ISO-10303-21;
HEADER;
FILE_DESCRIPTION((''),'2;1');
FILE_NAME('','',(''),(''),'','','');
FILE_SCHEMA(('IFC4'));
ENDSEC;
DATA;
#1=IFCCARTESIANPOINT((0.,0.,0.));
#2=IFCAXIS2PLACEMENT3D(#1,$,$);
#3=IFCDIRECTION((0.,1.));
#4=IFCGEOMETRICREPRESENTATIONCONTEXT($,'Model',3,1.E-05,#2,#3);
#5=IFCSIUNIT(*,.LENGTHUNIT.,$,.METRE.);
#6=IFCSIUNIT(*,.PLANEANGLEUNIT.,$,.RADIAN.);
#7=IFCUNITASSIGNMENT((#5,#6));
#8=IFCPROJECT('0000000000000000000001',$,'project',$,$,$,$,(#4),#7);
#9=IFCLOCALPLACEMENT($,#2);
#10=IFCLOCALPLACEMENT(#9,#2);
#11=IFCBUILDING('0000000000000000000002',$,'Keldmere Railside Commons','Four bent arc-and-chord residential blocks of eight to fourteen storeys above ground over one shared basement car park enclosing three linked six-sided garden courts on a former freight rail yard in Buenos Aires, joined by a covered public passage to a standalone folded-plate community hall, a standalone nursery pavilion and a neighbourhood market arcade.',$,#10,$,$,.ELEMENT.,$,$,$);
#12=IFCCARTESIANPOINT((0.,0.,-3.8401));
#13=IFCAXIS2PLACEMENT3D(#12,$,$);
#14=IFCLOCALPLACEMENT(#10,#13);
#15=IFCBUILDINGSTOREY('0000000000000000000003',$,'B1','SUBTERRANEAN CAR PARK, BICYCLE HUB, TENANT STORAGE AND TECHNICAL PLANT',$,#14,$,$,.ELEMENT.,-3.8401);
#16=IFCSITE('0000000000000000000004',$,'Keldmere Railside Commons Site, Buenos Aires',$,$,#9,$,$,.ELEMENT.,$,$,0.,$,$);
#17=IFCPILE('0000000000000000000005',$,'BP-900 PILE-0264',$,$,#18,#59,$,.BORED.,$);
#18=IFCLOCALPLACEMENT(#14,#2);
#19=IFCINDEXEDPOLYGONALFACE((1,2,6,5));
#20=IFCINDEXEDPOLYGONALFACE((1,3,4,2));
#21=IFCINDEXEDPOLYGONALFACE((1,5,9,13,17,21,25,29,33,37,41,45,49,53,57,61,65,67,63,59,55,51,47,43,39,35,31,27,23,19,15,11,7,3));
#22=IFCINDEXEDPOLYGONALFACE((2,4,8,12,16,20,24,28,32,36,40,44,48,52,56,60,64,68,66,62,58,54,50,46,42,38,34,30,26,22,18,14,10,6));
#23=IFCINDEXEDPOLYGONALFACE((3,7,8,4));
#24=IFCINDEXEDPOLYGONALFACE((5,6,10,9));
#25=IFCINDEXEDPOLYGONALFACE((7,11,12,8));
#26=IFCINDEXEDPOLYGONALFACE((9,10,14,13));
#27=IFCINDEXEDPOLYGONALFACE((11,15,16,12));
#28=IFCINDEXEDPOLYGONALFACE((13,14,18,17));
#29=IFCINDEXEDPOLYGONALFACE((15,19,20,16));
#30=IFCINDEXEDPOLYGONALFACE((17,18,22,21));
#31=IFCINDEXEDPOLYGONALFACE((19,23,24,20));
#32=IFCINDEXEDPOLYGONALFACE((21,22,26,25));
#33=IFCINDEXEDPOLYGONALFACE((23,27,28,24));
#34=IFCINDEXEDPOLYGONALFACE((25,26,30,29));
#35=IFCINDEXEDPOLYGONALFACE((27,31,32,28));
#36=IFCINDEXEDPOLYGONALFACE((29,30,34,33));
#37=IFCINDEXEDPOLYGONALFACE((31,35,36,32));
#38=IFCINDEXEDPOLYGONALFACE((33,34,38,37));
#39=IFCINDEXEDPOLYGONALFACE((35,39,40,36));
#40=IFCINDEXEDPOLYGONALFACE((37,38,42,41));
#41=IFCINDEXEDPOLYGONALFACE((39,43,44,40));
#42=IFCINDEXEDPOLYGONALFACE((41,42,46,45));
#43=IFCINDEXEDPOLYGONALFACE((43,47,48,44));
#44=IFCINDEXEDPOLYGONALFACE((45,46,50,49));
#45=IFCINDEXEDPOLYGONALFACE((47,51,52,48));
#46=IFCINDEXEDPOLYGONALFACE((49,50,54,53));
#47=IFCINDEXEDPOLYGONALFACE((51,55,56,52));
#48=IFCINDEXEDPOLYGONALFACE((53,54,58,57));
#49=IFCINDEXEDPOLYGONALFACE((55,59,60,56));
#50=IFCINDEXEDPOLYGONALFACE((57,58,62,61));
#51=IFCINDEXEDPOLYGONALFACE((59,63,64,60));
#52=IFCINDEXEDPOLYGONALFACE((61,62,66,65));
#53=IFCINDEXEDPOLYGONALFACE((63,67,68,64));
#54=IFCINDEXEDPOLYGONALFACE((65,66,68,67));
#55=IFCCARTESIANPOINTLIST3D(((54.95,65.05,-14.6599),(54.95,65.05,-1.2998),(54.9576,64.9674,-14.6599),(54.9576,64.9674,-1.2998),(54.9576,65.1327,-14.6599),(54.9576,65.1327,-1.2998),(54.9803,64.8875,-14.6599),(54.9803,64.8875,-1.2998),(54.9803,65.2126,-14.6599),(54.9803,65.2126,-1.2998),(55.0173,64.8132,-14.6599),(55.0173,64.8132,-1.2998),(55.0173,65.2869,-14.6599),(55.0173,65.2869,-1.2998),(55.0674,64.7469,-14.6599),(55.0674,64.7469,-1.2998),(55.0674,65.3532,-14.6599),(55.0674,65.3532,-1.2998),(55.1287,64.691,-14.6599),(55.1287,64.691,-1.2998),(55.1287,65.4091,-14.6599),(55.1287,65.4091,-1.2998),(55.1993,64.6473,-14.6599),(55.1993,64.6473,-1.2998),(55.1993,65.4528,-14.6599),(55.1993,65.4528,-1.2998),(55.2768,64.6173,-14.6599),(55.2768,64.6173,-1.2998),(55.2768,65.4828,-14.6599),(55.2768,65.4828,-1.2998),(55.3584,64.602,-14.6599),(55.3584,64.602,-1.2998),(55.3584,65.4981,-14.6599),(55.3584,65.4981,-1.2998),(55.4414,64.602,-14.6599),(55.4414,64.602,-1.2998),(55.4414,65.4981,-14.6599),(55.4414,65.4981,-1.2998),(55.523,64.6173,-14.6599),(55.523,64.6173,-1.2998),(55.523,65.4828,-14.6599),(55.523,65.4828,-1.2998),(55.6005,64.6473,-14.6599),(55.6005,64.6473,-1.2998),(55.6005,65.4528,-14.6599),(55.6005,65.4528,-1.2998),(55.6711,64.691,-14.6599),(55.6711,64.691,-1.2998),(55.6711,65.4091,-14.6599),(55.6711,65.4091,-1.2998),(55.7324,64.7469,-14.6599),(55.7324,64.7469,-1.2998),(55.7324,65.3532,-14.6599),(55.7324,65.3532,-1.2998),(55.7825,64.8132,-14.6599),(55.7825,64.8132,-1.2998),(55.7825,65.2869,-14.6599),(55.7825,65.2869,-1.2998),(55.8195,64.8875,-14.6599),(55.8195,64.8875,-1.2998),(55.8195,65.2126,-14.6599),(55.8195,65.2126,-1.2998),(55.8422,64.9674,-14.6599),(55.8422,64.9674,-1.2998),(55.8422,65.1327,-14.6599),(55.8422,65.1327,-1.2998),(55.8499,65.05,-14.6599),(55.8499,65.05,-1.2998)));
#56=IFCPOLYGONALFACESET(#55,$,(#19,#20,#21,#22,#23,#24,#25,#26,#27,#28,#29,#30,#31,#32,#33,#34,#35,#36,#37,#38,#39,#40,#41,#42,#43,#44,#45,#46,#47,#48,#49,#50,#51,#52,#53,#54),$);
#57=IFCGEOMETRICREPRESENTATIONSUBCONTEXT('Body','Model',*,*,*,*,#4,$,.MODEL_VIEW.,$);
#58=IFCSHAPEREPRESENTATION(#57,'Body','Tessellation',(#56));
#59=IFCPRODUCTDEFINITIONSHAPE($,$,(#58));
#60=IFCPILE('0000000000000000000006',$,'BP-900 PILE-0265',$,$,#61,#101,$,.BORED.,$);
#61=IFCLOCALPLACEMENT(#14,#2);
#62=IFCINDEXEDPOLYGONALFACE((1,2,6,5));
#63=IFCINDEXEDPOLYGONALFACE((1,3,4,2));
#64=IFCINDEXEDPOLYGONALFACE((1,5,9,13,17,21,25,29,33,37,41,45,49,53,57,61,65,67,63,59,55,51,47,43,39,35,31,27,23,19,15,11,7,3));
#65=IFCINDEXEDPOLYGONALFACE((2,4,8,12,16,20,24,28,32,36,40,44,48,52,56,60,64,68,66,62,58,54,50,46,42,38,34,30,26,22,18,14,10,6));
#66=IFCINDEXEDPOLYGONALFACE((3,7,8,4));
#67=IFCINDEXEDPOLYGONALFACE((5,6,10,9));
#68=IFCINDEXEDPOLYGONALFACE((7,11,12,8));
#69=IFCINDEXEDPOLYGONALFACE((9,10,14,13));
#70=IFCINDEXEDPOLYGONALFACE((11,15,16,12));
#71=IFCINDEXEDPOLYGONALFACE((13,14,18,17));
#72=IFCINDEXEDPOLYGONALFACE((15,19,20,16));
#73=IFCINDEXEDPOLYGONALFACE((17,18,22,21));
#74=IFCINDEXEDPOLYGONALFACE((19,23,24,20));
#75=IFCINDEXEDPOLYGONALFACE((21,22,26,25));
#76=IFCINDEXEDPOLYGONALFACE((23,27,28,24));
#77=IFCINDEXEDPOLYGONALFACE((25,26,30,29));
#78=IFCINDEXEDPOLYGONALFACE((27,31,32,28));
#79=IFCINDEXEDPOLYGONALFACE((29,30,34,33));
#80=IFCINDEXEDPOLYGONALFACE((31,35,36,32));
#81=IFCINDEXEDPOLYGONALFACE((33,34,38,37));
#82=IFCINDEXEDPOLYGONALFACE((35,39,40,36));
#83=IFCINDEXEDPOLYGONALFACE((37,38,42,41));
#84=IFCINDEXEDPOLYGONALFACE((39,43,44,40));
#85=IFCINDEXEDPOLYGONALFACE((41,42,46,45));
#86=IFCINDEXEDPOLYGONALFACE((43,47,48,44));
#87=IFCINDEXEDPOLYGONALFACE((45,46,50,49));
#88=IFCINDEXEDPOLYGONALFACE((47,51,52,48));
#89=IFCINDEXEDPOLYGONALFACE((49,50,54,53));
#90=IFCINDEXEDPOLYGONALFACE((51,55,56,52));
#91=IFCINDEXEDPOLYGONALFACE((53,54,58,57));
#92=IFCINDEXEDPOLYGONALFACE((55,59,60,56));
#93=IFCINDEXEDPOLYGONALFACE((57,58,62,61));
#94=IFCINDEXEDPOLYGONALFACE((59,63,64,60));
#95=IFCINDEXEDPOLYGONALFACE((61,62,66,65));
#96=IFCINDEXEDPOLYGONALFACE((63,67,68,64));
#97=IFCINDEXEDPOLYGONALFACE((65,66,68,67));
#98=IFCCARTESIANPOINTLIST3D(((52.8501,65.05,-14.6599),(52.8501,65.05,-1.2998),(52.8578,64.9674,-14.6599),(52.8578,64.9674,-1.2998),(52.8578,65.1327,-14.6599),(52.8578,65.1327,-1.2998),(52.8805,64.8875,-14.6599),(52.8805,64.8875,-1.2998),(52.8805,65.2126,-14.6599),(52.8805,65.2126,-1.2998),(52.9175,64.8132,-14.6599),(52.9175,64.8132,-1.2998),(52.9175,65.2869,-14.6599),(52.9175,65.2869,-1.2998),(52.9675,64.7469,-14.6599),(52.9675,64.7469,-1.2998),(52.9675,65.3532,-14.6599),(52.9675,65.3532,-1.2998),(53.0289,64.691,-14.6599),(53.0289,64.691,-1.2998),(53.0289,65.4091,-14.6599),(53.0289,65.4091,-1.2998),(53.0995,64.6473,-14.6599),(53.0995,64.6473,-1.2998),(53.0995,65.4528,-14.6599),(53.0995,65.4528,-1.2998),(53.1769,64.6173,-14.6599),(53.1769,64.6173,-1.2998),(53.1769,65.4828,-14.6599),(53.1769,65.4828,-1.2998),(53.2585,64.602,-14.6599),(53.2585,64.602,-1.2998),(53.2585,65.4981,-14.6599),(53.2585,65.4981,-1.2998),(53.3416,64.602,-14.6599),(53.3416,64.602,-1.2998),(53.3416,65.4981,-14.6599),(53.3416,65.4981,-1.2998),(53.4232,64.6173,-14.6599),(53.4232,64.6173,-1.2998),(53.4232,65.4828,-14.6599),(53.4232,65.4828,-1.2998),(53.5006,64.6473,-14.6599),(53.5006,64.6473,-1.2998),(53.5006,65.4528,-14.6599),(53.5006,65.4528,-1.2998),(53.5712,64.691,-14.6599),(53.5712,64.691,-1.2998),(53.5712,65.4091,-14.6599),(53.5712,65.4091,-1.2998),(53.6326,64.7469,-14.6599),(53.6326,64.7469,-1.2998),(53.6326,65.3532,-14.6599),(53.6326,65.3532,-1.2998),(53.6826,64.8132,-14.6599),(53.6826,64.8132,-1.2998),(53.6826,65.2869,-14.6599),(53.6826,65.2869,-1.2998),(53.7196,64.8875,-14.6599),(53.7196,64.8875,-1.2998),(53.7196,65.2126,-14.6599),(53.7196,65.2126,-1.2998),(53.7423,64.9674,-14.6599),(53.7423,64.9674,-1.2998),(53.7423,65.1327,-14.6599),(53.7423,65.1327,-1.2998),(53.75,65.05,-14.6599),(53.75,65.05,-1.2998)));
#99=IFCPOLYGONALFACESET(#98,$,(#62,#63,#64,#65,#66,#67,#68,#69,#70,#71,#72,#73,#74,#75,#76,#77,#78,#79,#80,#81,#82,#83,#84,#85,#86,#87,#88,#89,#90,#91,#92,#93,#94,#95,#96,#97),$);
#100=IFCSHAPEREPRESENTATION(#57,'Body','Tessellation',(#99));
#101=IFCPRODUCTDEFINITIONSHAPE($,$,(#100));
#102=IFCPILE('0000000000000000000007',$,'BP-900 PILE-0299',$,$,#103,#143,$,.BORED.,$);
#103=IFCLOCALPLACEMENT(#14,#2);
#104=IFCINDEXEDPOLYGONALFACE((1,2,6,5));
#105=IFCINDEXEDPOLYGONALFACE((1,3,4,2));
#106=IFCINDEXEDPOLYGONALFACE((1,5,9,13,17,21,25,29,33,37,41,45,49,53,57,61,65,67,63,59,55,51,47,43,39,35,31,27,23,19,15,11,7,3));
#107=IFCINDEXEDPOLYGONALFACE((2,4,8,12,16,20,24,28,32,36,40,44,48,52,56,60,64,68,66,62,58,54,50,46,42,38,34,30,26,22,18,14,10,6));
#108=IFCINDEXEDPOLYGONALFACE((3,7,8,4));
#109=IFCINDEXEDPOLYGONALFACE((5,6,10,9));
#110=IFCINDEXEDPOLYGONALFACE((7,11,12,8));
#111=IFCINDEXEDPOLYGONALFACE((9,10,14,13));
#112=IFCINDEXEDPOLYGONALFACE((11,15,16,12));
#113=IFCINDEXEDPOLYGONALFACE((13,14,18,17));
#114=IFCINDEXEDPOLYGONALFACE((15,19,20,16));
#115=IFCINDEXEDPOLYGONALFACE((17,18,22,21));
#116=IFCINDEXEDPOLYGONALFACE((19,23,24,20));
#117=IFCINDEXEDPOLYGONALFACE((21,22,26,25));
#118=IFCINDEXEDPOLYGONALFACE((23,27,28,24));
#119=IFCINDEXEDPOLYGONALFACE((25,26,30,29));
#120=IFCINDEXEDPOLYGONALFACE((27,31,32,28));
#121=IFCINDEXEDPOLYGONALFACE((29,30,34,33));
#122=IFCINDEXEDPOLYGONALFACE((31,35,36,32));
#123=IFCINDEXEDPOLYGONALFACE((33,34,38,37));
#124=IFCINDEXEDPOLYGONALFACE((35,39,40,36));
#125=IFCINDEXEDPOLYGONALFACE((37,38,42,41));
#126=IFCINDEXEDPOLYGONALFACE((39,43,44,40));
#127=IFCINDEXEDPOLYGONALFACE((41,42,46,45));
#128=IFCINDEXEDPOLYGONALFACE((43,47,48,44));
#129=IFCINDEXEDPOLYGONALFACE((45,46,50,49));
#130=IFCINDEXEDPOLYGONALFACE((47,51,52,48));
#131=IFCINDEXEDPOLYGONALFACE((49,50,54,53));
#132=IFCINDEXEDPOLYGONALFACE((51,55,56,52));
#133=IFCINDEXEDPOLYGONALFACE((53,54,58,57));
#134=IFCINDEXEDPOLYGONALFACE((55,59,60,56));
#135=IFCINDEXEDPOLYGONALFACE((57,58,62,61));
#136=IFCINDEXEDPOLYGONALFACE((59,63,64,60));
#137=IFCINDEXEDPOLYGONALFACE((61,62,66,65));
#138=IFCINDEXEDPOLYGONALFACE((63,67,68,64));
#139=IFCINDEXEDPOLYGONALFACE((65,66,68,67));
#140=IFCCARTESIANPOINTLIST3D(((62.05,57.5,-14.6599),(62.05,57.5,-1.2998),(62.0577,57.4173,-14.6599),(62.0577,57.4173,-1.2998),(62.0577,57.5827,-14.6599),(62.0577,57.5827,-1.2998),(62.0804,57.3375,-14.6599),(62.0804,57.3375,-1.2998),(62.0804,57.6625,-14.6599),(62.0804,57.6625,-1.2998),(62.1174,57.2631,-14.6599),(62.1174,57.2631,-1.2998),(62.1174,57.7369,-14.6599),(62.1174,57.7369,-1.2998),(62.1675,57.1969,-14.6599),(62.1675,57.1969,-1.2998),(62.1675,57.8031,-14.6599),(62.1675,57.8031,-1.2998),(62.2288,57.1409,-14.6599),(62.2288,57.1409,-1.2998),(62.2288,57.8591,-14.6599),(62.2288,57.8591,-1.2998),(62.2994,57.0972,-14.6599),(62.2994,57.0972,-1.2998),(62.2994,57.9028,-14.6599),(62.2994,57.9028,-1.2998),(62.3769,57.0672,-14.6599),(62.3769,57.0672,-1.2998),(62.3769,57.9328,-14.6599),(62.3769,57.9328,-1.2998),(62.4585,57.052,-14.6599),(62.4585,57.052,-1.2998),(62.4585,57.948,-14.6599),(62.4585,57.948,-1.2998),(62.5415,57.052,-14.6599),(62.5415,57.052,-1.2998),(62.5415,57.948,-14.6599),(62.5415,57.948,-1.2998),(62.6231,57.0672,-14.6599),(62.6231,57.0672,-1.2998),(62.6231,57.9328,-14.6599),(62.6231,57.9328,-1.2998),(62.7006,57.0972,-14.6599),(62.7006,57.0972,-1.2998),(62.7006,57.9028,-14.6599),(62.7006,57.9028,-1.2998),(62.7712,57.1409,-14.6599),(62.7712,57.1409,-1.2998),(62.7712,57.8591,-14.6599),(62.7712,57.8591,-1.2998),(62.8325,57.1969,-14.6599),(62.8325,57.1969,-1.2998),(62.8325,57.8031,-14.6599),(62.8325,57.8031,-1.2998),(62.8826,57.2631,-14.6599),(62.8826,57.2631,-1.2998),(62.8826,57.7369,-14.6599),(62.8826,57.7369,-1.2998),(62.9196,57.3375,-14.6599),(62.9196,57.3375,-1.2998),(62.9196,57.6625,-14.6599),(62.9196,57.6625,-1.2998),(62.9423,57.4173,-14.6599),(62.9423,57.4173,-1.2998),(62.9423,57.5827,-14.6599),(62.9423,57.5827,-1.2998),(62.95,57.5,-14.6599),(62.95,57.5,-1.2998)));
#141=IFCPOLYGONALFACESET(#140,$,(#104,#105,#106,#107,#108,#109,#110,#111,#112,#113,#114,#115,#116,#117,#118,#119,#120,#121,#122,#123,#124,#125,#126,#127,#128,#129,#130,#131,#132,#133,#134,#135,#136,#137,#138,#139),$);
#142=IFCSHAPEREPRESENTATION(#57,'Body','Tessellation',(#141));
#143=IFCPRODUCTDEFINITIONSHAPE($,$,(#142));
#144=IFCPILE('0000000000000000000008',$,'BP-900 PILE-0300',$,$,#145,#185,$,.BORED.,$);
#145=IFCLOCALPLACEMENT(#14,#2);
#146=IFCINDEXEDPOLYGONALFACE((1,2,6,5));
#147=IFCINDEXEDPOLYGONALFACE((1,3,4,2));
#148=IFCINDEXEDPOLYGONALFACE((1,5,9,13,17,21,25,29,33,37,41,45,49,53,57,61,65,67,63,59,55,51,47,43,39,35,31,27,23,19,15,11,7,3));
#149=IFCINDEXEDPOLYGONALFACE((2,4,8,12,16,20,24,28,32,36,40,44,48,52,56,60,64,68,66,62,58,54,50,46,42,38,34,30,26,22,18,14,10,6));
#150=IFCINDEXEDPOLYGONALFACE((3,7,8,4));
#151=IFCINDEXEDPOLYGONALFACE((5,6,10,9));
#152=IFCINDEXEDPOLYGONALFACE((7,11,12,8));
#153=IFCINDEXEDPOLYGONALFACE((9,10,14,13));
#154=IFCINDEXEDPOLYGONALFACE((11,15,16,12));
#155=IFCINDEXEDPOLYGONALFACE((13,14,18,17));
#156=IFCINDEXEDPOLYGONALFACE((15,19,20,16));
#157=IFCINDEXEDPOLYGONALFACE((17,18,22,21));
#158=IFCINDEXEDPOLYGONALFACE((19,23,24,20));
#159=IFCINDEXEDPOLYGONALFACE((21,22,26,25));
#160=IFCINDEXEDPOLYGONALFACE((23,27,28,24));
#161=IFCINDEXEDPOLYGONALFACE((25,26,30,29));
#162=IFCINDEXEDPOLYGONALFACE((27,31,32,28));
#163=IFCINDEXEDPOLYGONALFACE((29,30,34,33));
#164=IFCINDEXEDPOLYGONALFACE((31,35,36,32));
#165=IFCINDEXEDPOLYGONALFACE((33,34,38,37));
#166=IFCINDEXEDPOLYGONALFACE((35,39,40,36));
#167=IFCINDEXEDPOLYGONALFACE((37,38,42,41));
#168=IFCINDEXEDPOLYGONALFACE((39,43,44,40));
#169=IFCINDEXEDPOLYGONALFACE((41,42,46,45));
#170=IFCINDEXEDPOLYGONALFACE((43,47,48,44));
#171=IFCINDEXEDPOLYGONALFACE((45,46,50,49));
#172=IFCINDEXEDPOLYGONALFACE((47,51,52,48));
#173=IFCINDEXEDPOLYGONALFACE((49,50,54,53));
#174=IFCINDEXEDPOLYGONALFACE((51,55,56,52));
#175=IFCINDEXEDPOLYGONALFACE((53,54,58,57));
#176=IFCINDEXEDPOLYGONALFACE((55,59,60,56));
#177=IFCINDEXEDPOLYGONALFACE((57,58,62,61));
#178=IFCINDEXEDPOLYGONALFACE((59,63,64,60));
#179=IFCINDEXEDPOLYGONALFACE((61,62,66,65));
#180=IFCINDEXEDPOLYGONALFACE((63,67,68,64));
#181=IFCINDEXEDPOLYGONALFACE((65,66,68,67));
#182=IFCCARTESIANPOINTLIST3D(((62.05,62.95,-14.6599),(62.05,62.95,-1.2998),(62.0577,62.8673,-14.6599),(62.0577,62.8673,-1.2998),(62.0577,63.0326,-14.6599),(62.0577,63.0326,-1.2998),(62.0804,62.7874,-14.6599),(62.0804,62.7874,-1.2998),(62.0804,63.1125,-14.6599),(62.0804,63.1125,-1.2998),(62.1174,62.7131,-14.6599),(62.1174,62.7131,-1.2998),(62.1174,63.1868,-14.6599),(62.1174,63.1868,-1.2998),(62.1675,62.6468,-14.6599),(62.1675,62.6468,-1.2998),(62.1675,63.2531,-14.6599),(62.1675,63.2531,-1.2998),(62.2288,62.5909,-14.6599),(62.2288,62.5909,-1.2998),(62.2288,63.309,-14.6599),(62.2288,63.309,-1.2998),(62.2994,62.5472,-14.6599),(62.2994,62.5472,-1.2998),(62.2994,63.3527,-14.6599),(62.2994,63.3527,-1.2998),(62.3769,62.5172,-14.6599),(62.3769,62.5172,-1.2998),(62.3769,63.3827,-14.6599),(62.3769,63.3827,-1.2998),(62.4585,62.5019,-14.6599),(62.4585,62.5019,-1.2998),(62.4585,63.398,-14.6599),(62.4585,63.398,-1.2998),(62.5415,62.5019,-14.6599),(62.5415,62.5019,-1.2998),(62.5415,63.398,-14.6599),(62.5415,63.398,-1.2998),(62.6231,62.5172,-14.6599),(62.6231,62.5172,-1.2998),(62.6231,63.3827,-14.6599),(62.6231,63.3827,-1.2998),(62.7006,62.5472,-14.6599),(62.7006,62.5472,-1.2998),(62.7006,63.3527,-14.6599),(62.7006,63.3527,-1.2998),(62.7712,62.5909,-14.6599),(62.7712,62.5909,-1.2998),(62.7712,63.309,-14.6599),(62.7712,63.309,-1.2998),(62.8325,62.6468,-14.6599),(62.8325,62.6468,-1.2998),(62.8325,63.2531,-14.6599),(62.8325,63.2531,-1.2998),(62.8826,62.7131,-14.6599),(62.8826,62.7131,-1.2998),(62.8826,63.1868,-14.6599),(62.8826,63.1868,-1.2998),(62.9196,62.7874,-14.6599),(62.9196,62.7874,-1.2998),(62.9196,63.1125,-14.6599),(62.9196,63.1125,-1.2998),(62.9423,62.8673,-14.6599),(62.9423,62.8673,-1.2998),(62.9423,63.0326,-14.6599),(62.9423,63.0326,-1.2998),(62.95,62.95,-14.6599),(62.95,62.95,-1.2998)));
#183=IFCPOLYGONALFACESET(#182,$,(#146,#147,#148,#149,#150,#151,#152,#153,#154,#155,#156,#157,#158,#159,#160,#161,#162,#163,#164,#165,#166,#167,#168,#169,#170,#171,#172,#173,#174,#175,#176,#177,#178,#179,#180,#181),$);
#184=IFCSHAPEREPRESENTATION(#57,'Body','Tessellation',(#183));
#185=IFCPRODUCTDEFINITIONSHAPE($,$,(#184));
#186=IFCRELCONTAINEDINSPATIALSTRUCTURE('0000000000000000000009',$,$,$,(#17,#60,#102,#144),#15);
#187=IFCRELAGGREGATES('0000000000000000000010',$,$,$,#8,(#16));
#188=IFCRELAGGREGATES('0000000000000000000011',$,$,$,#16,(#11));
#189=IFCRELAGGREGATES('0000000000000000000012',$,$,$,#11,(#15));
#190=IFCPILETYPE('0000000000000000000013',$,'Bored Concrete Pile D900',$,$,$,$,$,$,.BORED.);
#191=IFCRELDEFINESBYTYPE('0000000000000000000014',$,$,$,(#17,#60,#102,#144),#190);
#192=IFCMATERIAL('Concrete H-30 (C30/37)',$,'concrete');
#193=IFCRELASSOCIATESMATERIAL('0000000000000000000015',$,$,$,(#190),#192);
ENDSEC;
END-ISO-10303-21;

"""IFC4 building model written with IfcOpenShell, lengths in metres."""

from ifc_helpers import new_model, si_unit, direction, frame, origin, origin_2d, place, context, subcontext, project, spatial, circle, extrude, material, material_profile, profile_set, type_object, element, save


model = new_model("IFC4")

# Units and contexts
model_context = context("Model", 3, precision=1e-05, world=origin(), true_north=direction((0.0, 1.0)))
body_context = subcontext(model_context, "Body", "Model", "MODEL_VIEW")
ifc_project = project(units=[si_unit("LENGTHUNIT", "METRE"), si_unit("PLANEANGLEUNIT", "RADIAN")], contexts=[model_context])

# Site, building, storey
site_placement = place(None, origin())
site = spatial("IfcSite", under=ifc_project, at=site_placement, Name="Keldmere Railside Commons Site, Buenos Aires", CompositionType="ELEMENT", RefElevation=0.0)
building_placement = place(site_placement, origin())
building = spatial("IfcBuilding", under=site, at=building_placement, Name="Keldmere Railside Commons", Description="Four bent arc-and-chord residential blocks of eight to fourteen storeys above ground over one shared basement car park enclosing three linked six-sided garden courts on a former freight rail yard in Buenos Aires, joined by a covered public passage to a standalone folded-plate community hall, a standalone nursery pavilion and a neighbourhood market arcade.", CompositionType="ELEMENT")
storey_placement = place(building_placement, frame((0.0, 0.0, -3.8401)))
storey = spatial("IfcBuildingStorey", under=building, at=storey_placement, Name="B1", Description="SUBTERRANEAN CAR PARK, BICYCLE HUB, TENANT STORAGE AND TECHNICAL PLANT", CompositionType="ELEMENT", Elevation=-3.8401)

# Piles
ifc_material_1 = material(Name="Concrete H-30 (C30/37)", Category="concrete")
ifc_material_profile_1 = material_profile(ifc_material_1, circle(Radius=0.45, at=origin_2d()), Name="PILE-D900")
ifc_profile_set_1 = profile_set([ifc_material_profile_1], Name="Concrete H-30 (C30/37)")
pile_type = type_object("IfcPileType", Name="Bored Concrete Pile D900", PredefinedType="BORED", material=ifc_profile_set_1)
for number, where, z_axis, x_axis, name in (
    (1, (55.3999, 65.05, -1.2998), (0.0, 0.0, -1.0), (1.0, 0.0, 0.0), "BP-900 PILE-0264"),
    (2, (53.3, 65.05, -1.2998), (0.0, 0.0, -1.0), (1.0, 0.0, 0.0), "BP-900 PILE-0265"),
    (3, (62.5, 57.5, -1.2998), (0.0, 0.0, -1.0), (1.0, 0.0, 0.0), "BP-900 PILE-0299"),
    (4, (62.5, 62.95, -1.2998), (0.0, 0.0, -1.0), (1.0, 0.0, 0.0), "BP-900 PILE-0300"),
):
    element("IfcPile", number, at=place(storey_placement, frame(where, z_axis=z_axis, x_axis=x_axis)), inside=storey, type_object=pile_type, Name=name, PredefinedType="BORED", context=body_context, shape_type="SweptSolid", body=[
        extrude(circle(Radius=0.45, at=origin_2d()), origin(), (0.0, 0.0, 1.0), 13.3601),
    ])

save(model, "model.ifc")
